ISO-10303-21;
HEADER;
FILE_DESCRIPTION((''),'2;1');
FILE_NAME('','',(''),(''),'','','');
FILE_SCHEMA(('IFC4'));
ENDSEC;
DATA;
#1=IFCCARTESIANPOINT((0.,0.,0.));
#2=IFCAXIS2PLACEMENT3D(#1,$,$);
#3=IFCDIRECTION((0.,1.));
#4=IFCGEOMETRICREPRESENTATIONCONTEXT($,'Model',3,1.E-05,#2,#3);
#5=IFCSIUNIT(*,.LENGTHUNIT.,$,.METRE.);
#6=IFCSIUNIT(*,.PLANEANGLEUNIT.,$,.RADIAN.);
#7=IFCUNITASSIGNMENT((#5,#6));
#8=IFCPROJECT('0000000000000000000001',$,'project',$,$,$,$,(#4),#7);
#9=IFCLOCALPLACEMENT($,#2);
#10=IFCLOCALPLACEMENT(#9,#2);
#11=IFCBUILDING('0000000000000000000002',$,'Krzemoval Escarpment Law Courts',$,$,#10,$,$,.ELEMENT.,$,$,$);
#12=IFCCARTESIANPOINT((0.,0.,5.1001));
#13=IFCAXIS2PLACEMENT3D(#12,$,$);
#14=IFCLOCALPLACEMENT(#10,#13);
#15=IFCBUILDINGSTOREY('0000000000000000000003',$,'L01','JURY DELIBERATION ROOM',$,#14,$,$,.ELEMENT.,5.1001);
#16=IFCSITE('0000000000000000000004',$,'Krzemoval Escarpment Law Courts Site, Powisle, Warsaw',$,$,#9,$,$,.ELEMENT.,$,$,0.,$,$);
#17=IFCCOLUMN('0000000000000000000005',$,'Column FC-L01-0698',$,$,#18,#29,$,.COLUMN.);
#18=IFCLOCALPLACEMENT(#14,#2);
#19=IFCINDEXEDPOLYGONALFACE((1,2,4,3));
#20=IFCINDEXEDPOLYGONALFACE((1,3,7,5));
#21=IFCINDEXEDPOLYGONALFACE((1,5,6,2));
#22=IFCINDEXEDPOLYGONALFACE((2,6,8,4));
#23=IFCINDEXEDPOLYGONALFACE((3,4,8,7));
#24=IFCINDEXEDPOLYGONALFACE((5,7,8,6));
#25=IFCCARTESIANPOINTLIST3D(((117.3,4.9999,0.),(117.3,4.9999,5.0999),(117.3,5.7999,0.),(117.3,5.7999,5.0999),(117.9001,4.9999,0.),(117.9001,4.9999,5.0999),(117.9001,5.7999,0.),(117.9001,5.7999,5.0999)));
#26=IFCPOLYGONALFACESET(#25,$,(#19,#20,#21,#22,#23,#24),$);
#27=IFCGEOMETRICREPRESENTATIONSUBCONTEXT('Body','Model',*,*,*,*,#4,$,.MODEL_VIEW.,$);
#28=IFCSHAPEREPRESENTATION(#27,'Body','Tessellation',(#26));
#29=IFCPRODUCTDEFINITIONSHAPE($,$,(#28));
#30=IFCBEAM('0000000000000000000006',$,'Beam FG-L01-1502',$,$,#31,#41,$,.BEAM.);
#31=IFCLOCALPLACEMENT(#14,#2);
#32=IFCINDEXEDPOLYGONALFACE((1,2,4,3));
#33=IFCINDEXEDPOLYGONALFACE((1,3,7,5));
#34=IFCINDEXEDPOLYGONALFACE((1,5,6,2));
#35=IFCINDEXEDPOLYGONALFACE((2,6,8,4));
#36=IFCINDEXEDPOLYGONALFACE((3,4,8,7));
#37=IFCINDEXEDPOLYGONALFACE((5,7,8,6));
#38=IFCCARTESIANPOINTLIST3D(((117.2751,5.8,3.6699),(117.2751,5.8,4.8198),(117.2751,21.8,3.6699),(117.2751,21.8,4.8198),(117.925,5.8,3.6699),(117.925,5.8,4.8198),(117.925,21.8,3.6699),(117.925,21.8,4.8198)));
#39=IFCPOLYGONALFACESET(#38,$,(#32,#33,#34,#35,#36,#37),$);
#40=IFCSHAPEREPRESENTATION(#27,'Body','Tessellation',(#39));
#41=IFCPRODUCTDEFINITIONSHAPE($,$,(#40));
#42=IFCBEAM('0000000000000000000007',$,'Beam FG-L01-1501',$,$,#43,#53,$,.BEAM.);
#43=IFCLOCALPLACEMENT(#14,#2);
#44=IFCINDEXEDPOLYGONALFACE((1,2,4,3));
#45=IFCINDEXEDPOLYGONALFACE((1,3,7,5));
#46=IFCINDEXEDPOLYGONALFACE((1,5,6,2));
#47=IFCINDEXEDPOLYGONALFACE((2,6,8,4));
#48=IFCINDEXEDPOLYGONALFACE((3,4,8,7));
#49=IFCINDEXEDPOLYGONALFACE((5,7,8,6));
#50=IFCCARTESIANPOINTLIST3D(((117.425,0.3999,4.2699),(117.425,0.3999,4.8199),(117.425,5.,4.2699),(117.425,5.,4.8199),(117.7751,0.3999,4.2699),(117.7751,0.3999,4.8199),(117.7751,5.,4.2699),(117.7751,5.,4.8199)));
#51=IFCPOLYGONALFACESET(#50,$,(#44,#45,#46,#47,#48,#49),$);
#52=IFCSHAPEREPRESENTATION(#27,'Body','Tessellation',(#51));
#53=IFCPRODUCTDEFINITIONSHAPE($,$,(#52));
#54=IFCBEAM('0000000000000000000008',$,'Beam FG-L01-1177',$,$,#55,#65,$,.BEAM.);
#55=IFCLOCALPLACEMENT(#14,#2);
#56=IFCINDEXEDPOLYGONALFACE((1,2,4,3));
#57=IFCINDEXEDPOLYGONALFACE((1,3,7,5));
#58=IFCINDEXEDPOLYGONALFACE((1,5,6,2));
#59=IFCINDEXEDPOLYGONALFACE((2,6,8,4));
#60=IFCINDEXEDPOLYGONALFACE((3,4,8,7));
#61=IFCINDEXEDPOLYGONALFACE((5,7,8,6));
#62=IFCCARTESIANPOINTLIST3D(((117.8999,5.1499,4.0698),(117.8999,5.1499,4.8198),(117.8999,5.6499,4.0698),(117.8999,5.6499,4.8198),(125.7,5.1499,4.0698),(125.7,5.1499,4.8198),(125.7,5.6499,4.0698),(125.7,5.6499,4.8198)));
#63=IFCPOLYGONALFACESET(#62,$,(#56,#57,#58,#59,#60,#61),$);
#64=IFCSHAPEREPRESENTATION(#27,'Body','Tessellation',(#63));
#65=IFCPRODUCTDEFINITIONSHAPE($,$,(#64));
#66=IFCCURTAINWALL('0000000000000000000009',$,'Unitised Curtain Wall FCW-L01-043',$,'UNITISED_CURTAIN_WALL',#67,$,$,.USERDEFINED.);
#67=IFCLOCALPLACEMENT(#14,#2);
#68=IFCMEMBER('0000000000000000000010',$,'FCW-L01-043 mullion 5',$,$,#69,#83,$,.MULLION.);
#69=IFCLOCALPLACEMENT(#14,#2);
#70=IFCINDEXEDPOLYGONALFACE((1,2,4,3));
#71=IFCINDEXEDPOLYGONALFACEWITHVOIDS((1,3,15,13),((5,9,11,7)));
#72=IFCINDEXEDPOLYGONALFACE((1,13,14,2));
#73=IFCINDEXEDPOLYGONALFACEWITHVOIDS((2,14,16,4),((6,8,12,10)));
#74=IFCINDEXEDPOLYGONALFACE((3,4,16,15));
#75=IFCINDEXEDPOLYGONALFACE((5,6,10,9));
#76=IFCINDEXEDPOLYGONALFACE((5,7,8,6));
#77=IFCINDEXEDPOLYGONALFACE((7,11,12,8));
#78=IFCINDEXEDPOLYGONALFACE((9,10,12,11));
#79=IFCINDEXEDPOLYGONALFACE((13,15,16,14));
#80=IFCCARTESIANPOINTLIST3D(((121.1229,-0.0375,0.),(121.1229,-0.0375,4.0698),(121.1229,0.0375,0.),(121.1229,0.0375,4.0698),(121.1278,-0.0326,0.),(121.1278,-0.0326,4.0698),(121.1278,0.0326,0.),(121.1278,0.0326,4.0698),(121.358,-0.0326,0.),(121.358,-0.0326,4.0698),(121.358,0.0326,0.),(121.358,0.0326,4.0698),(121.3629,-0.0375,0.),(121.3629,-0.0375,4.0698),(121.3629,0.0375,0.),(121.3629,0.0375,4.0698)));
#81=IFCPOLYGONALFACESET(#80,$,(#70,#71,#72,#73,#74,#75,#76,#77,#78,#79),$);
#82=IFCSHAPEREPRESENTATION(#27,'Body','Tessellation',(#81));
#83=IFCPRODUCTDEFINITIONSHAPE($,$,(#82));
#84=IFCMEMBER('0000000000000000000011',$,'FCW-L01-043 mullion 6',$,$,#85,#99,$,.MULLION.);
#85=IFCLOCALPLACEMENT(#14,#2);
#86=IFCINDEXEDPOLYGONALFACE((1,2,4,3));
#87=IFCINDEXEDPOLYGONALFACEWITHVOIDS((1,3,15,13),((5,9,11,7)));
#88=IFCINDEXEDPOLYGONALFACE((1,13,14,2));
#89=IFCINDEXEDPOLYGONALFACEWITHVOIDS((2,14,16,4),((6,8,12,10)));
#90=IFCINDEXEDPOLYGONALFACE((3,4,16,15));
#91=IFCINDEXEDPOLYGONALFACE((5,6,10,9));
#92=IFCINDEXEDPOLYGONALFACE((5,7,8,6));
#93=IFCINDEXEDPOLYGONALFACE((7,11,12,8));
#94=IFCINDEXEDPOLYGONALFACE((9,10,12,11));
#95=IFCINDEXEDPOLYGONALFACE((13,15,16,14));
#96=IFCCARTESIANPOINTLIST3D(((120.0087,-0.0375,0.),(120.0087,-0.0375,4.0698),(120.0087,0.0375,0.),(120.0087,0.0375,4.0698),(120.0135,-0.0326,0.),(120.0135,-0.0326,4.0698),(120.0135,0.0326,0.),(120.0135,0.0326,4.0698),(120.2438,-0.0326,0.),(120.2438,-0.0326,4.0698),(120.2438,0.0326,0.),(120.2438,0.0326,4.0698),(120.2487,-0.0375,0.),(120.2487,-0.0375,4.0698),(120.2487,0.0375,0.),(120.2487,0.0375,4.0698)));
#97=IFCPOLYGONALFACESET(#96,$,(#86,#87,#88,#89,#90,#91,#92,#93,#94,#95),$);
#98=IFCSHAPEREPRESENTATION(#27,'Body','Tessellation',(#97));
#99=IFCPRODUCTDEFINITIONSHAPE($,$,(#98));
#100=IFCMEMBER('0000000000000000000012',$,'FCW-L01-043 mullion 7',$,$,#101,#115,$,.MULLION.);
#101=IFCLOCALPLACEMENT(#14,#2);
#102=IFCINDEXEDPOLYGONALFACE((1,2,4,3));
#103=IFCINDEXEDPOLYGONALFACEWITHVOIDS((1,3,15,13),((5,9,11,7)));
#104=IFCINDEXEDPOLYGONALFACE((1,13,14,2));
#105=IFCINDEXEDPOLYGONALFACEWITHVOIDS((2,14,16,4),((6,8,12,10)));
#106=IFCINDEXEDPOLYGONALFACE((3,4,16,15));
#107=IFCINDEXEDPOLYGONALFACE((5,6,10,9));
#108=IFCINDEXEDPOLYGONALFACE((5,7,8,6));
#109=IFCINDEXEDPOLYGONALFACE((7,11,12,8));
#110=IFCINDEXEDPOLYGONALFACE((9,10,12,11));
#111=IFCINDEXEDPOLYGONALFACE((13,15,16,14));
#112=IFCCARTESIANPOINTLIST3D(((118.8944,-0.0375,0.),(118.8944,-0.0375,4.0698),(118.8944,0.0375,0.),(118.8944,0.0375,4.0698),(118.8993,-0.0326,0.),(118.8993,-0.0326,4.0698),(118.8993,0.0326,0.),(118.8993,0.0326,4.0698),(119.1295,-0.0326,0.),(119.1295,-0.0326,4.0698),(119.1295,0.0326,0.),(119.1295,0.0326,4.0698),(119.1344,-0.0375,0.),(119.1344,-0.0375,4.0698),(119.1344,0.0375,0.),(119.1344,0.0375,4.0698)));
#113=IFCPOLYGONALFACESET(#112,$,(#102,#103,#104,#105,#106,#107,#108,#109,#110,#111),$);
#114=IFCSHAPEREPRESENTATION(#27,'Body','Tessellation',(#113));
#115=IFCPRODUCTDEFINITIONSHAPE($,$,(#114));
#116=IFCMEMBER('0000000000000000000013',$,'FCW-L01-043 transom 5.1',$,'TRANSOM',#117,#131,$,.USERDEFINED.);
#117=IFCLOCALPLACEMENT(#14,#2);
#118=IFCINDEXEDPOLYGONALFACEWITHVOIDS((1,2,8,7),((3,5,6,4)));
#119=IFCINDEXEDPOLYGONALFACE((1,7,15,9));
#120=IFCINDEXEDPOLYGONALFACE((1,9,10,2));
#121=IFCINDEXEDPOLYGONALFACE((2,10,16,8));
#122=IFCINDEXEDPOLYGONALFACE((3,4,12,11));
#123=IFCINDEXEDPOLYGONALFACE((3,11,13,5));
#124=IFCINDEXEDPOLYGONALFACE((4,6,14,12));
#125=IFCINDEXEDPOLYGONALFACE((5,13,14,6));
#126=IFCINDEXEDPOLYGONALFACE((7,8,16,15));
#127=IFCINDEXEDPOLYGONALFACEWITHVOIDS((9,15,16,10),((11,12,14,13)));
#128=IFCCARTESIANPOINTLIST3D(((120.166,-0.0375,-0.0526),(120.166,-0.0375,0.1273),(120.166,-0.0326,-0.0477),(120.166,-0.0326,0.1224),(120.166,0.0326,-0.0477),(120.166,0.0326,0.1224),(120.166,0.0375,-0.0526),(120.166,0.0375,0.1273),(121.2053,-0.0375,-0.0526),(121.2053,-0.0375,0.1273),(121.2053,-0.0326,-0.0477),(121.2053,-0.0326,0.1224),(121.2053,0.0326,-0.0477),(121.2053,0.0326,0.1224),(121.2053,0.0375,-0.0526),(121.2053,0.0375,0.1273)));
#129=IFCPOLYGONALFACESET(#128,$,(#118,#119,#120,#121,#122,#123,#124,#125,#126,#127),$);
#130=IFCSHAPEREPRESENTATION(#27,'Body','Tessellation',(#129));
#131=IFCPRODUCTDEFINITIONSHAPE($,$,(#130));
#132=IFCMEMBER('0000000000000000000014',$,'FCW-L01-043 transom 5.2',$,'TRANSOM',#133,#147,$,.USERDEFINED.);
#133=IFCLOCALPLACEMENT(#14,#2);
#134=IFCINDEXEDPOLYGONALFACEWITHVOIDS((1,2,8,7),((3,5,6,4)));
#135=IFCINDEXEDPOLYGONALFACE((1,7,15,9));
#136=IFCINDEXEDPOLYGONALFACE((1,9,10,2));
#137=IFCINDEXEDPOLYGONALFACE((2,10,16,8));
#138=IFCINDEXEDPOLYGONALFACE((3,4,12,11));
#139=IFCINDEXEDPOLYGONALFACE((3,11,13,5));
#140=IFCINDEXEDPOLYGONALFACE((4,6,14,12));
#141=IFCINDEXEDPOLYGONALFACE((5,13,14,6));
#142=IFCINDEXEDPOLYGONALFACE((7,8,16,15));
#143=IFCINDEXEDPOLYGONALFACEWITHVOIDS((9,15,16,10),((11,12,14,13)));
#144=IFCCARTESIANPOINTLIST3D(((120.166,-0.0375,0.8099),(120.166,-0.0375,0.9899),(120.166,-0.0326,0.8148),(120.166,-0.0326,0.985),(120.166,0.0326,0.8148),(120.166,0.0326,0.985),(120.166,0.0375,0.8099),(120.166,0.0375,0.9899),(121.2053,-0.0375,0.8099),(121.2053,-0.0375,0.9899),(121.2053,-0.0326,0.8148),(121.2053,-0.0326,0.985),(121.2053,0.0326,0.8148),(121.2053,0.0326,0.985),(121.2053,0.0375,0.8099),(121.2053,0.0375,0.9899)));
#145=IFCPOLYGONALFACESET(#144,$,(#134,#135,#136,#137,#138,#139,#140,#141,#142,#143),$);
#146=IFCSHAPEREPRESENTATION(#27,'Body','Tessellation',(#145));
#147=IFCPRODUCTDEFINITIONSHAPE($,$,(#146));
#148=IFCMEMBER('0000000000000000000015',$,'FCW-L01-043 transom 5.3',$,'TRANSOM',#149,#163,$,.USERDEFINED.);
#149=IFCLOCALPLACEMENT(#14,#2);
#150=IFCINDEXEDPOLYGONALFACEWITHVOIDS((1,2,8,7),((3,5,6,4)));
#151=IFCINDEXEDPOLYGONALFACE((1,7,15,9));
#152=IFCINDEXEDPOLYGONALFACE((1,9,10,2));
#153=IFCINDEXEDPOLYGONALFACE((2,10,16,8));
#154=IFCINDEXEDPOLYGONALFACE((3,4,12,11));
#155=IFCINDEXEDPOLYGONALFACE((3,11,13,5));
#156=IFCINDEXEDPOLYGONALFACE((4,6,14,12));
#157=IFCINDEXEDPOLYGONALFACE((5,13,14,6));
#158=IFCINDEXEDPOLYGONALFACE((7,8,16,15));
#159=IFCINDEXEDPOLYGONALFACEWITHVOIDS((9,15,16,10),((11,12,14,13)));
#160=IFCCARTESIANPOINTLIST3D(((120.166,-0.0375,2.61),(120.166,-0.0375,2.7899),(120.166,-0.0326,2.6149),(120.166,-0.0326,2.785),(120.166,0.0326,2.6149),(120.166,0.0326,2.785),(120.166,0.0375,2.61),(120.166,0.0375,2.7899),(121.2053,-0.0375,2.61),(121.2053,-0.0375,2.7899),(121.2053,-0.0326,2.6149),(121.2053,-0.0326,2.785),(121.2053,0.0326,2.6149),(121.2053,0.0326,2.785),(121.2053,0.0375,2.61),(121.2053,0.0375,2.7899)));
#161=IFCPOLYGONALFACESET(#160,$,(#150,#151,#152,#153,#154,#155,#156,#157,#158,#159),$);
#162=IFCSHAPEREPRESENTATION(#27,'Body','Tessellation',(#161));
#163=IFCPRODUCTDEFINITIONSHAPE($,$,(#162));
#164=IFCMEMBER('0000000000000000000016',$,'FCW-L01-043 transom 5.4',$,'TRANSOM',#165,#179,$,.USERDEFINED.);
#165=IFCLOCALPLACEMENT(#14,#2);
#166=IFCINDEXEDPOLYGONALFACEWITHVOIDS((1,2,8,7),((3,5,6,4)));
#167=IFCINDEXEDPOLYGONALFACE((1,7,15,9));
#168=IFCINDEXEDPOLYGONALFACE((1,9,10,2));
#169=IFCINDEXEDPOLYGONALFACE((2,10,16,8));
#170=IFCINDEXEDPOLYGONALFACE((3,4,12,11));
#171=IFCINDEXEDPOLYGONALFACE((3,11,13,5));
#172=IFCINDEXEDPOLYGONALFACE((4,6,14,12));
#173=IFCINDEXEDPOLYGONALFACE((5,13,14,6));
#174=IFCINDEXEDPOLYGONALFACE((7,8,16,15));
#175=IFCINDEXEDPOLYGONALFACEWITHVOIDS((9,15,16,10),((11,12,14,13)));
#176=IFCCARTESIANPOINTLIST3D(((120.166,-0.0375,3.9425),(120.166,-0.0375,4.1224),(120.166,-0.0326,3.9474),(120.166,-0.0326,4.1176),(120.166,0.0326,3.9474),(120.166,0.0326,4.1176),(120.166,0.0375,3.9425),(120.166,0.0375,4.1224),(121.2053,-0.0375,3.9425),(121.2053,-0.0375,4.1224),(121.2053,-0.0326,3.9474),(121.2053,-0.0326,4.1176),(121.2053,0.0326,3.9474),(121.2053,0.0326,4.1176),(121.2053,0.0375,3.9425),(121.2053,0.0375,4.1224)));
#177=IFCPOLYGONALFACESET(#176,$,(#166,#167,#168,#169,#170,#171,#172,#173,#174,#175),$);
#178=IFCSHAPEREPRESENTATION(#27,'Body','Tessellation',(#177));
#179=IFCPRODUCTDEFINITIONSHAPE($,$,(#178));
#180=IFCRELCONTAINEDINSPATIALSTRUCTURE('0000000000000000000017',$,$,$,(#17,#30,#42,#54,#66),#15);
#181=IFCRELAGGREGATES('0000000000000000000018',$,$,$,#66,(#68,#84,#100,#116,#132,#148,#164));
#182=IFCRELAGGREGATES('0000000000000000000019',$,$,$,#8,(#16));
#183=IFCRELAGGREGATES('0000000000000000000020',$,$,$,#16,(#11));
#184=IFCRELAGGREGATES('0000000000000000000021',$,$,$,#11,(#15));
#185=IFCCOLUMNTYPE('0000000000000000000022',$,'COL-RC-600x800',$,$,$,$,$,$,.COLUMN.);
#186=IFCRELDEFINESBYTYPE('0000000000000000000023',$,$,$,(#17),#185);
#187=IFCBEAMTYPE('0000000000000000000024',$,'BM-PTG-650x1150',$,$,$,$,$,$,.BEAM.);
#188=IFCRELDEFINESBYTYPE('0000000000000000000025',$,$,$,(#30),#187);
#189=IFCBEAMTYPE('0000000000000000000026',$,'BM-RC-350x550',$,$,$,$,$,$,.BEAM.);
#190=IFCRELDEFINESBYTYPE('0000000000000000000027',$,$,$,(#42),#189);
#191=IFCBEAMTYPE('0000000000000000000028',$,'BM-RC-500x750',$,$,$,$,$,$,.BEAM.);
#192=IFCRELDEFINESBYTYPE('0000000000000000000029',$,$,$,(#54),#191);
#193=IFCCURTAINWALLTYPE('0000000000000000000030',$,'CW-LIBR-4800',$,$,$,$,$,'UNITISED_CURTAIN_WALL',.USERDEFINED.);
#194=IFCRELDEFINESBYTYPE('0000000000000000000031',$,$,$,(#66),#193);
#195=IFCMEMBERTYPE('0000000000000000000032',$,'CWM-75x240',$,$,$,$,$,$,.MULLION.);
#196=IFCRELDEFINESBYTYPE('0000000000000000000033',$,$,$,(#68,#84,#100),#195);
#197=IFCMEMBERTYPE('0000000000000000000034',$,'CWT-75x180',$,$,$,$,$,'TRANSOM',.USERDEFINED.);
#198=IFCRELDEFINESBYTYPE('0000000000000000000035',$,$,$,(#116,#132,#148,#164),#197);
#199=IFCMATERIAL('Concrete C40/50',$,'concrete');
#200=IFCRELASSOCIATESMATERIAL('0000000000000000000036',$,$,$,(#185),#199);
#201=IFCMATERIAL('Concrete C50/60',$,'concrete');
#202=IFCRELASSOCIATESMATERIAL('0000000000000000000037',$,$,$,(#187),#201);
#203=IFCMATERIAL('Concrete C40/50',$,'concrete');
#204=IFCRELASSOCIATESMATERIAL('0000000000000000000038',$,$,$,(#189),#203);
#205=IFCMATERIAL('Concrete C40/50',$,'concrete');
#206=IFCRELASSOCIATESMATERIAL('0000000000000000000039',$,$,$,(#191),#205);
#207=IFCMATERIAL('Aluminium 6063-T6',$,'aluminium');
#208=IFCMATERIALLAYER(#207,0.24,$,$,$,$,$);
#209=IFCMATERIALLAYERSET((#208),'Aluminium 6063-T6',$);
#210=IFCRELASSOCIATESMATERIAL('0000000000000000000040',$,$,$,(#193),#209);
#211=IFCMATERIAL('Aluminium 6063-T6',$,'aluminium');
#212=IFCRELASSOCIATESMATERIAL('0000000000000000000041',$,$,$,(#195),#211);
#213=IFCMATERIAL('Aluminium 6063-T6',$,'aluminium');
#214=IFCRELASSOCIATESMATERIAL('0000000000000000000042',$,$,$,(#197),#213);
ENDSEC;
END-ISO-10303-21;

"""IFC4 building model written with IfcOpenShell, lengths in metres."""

from ifc_helpers import new_model, si_unit, direction, frame, origin, origin_2d, place, context, subcontext, project, spatial, rectangle, hollow_rectangle, extrude, material, layer, layer_set, material_profile, profile_set, type_object, element, aggregate, save


model = new_model("IFC4")

# Units and contexts
model_context = context("Model", 3, precision=1e-05, world=origin(), true_north=direction((0.0, 1.0)))
body_context = subcontext(model_context, "Body", "Model", "MODEL_VIEW")
ifc_project = project(units=[si_unit("LENGTHUNIT", "METRE"), si_unit("PLANEANGLEUNIT", "RADIAN")], contexts=[model_context])

# Site, building, storey
site_placement = place(None, origin())
site = spatial("IfcSite", under=ifc_project, at=site_placement, Name="Krzemoval Escarpment Law Courts Site, Powisle, Warsaw", CompositionType="ELEMENT", RefElevation=0.0)
building_placement = place(site_placement, origin())
building = spatial("IfcBuilding", under=site, at=building_placement, Name="Krzemoval Escarpment Law Courts", CompositionType="ELEMENT")
storey_placement = place(building_placement, frame((0.0, 0.0, 5.1001)))
storey = spatial("IfcBuildingStorey", under=building, at=storey_placement, Name="L01", Description="JURY DELIBERATION ROOM", CompositionType="ELEMENT", Elevation=5.1001)

# Column
ifc_material_1 = material(Name="Concrete C40/50", Category="concrete")
ifc_material_profile_1 = material_profile(ifc_material_1, rectangle(XDim=0.6001, YDim=0.8, at=origin_2d()), Name="RC 600x800")
ifc_profile_set_1 = profile_set([ifc_material_profile_1], Name="Concrete C40/50")
column_type = type_object("IfcColumnType", Name="COL-RC-600x800", PredefinedType="COLUMN", material=ifc_profile_set_1)
column_placement = place(storey_placement, frame((117.6001, 5.3999, 0.0), z_axis=(0.0, 0.0, 1.0), x_axis=(1.0, 0.0, 0.0)))
element("IfcColumn", 1, at=column_placement, inside=storey, type_object=column_type, Name="Column FC-L01-0698", PredefinedType="COLUMN", context=body_context, shape_type="SweptSolid", body=[
    extrude(rectangle(XDim=0.6001, YDim=0.8, at=origin_2d()), origin(), (0.0, 0.0, 1.0), 5.0999),
])

# Beams
ifc_material_2 = material(Name="Concrete C50/60", Category="concrete")
ifc_material_profile_2 = material_profile(ifc_material_2, rectangle(XDim=0.6499, YDim=1.1499, at=origin_2d()), Name="PTG 650x1150")
ifc_profile_set_2 = profile_set([ifc_material_profile_2], Name="Concrete C50/60")
beam_type_1 = type_object("IfcBeamType", Name="BM-PTG-650x1150", PredefinedType="BEAM", material=ifc_profile_set_2)
beam_1_placement = place(storey_placement, frame((117.6001, 5.8, 4.2449), z_axis=(0.0, 1.0, 0.0), x_axis=(-1.0, 0.0, 0.0)))
element("IfcBeam", 2, at=beam_1_placement, inside=storey, type_object=beam_type_1, Name="Beam FG-L01-1502", PredefinedType="BEAM", context=body_context, shape_type="SweptSolid", body=[
    extrude(rectangle(XDim=0.6499, YDim=1.1499, at=origin_2d()), origin(), (0.0, 0.0, 1.0), 16.0),
])
ifc_material_3 = material(Name="Concrete C40/50", Category="concrete")
ifc_material_profile_3 = material_profile(ifc_material_3, rectangle(XDim=0.3501, YDim=0.55, at=origin_2d()), Name="RCB 350x550")
ifc_profile_set_3 = profile_set([ifc_material_profile_3], Name="Concrete C40/50")
beam_type_2 = type_object("IfcBeamType", Name="BM-RC-350x550", PredefinedType="BEAM", material=ifc_profile_set_3)
beam_2_placement = place(storey_placement, frame((117.6001, 0.3999, 4.5449), z_axis=(0.0, 1.0, 0.0), x_axis=(-1.0, 0.0, 0.0)))
element("IfcBeam", 3, at=beam_2_placement, inside=storey, type_object=beam_type_2, Name="Beam FG-L01-1501", PredefinedType="BEAM", context=body_context, shape_type="SweptSolid", body=[
    extrude(rectangle(XDim=0.3501, YDim=0.55, at=origin_2d()), origin(), (0.0, 0.0, 1.0), 4.6001),
])
ifc_material_4 = material(Name="Concrete C40/50", Category="concrete")
ifc_material_profile_4 = material_profile(ifc_material_4, rectangle(XDim=0.5, YDim=0.75, at=origin_2d()), Name="RCB 500x750")
ifc_profile_set_4 = profile_set([ifc_material_profile_4], Name="Concrete C40/50")
beam_type_3 = type_object("IfcBeamType", Name="BM-RC-500x750", PredefinedType="BEAM", material=ifc_profile_set_4)
beam_3_placement = place(storey_placement, frame((117.8999, 5.3999, 4.4448), z_axis=(1.0, 0.0, 0.0), x_axis=(0.0, 1.0, 0.0)))
element("IfcBeam", 4, at=beam_3_placement, inside=storey, type_object=beam_type_3, Name="Beam FG-L01-1177", PredefinedType="BEAM", context=body_context, shape_type="SweptSolid", body=[
    extrude(rectangle(XDim=0.5, YDim=0.75, at=origin_2d()), origin(), (0.0, 0.0, 1.0), 7.8),
])

# Curtain wall, members
ifc_material_5 = material(Name="Aluminium 6063-T6", Category="aluminium")
ifc_layer_1 = layer(ifc_material_5, 0.24)
ifc_layer_set_1 = layer_set([ifc_layer_1], Name="Aluminium 6063-T6")
curtain_wall_type = type_object("IfcCurtainWallType", Name="CW-LIBR-4800", ElementType="UNITISED_CURTAIN_WALL", PredefinedType="USERDEFINED", material=ifc_layer_set_1)
curtain_wall_placement = place(storey_placement, origin())
curtain_wall = element("IfcCurtainWall", 5, at=curtain_wall_placement, inside=storey, type_object=curtain_wall_type, Name="Unitised Curtain Wall FCW-L01-043", ObjectType="UNITISED_CURTAIN_WALL", PredefinedType="USERDEFINED")
ifc_material_6 = material(Name="Aluminium 6063-T6", Category="aluminium")
ifc_material_profile_5 = material_profile(ifc_material_6, hollow_rectangle(XDim=0.075, YDim=0.24, WallThickness=0.0049, at=origin_2d()), Name="ALU M75x240")
ifc_profile_set_5 = profile_set([ifc_material_profile_5], Name="Aluminium 6063-T6")
member_type_1 = type_object("IfcMemberType", Name="CWM-75x240", PredefinedType="MULLION", material=ifc_profile_set_5)
member_1_placement = place(storey_placement, frame((121.2429, 0.0, 0.0), z_axis=(0.0, 0.0, 1.0), x_axis=(0.0, -1.0, 0.0)))
member_1 = element("IfcMember", 6, at=member_1_placement, type_object=member_type_1, Name="FCW-L01-043 mullion 5", PredefinedType="MULLION", context=body_context, shape_type="SweptSolid", body=[
    extrude(hollow_rectangle(XDim=0.075, YDim=0.24, WallThickness=0.0049, at=origin_2d()), origin(), (0.0, 0.0, 1.0), 4.0698),
])
member_2_placement = place(storey_placement, frame((120.1287, 0.0, 0.0), z_axis=(0.0, 0.0, 1.0), x_axis=(0.0, -1.0, 0.0)))
member_2 = element("IfcMember", 7, at=member_2_placement, type_object=member_type_1, Name="FCW-L01-043 mullion 6", PredefinedType="MULLION", context=body_context, shape_type="SweptSolid", body=[
    extrude(hollow_rectangle(XDim=0.075, YDim=0.24, WallThickness=0.0049, at=origin_2d()), origin(), (0.0, 0.0, 1.0), 4.0698),
])
member_3_placement = place(storey_placement, frame((119.0144, 0.0, 0.0), z_axis=(0.0, 0.0, 1.0), x_axis=(0.0, -1.0, 0.0)))
member_3 = element("IfcMember", 8, at=member_3_placement, type_object=member_type_1, Name="FCW-L01-043 mullion 7", PredefinedType="MULLION", context=body_context, shape_type="SweptSolid", body=[
    extrude(hollow_rectangle(XDim=0.075, YDim=0.24, WallThickness=0.0049, at=origin_2d()), origin(), (0.0, 0.0, 1.0), 4.0698),
])
ifc_material_7 = material(Name="Aluminium 6063-T6", Category="aluminium")
ifc_material_profile_6 = material_profile(ifc_material_7, hollow_rectangle(XDim=0.075, YDim=0.1799, WallThickness=0.0049, at=origin_2d()), Name="ALU T75x180")
ifc_profile_set_6 = profile_set([ifc_material_profile_6], Name="Aluminium 6063-T6")
member_type_2 = type_object("IfcMemberType", Name="CWT-75x180", ElementType="TRANSOM", PredefinedType="USERDEFINED", material=ifc_profile_set_6)
member_4_placement = place(storey_placement, frame((121.2053, 0.0, 0.0374), z_axis=(-1.0, 0.0, 0.0), x_axis=(0.0, -1.0, 0.0)))
member_4 = element("IfcMember", 9, at=member_4_placement, type_object=member_type_2, Name="FCW-L01-043 transom 5.1", ObjectType="TRANSOM", PredefinedType="USERDEFINED", context=body_context, shape_type="SweptSolid", body=[
    extrude(hollow_rectangle(XDim=0.075, YDim=0.1799, WallThickness=0.0049, at=origin_2d()), origin(), (0.0, 0.0, 1.0), 1.0393),
])
member_5_placement = place(storey_placement, frame((121.2053, 0.0, 0.8999), z_axis=(-1.0, 0.0, 0.0), x_axis=(0.0, -1.0, 0.0)))
member_5 = element("IfcMember", 10, at=member_5_placement, type_object=member_type_2, Name="FCW-L01-043 transom 5.2", ObjectType="TRANSOM", PredefinedType="USERDEFINED", context=body_context, shape_type="SweptSolid", body=[
    extrude(hollow_rectangle(XDim=0.075, YDim=0.1799, WallThickness=0.0049, at=origin_2d()), origin(), (0.0, 0.0, 1.0), 1.0393),
])
member_6_placement = place(storey_placement, frame((121.2053, 0.0, 2.7), z_axis=(-1.0, 0.0, 0.0), x_axis=(0.0, -1.0, 0.0)))
member_6 = element("IfcMember", 11, at=member_6_placement, type_object=member_type_2, Name="FCW-L01-043 transom 5.3", ObjectType="TRANSOM", PredefinedType="USERDEFINED", context=body_context, shape_type="SweptSolid", body=[
    extrude(hollow_rectangle(XDim=0.075, YDim=0.1799, WallThickness=0.0049, at=origin_2d()), origin(), (0.0, 0.0, 1.0), 1.0393),
])
member_7_placement = place(storey_placement, frame((121.2053, 0.0, 4.0325), z_axis=(-1.0, 0.0, 0.0), x_axis=(0.0, -1.0, 0.0)))
member_7 = element("IfcMember", 12, at=member_7_placement, type_object=member_type_2, Name="FCW-L01-043 transom 5.4", ObjectType="TRANSOM", PredefinedType="USERDEFINED", context=body_context, shape_type="SweptSolid", body=[
    extrude(hollow_rectangle(XDim=0.075, YDim=0.1799, WallThickness=0.0049, at=origin_2d()), origin(), (0.0, 0.0, 1.0), 1.0393),
])

aggregate(curtain_wall, [member_1, member_2, member_3, member_4, member_5, member_6, member_7])

save(model, "model.ifc")
